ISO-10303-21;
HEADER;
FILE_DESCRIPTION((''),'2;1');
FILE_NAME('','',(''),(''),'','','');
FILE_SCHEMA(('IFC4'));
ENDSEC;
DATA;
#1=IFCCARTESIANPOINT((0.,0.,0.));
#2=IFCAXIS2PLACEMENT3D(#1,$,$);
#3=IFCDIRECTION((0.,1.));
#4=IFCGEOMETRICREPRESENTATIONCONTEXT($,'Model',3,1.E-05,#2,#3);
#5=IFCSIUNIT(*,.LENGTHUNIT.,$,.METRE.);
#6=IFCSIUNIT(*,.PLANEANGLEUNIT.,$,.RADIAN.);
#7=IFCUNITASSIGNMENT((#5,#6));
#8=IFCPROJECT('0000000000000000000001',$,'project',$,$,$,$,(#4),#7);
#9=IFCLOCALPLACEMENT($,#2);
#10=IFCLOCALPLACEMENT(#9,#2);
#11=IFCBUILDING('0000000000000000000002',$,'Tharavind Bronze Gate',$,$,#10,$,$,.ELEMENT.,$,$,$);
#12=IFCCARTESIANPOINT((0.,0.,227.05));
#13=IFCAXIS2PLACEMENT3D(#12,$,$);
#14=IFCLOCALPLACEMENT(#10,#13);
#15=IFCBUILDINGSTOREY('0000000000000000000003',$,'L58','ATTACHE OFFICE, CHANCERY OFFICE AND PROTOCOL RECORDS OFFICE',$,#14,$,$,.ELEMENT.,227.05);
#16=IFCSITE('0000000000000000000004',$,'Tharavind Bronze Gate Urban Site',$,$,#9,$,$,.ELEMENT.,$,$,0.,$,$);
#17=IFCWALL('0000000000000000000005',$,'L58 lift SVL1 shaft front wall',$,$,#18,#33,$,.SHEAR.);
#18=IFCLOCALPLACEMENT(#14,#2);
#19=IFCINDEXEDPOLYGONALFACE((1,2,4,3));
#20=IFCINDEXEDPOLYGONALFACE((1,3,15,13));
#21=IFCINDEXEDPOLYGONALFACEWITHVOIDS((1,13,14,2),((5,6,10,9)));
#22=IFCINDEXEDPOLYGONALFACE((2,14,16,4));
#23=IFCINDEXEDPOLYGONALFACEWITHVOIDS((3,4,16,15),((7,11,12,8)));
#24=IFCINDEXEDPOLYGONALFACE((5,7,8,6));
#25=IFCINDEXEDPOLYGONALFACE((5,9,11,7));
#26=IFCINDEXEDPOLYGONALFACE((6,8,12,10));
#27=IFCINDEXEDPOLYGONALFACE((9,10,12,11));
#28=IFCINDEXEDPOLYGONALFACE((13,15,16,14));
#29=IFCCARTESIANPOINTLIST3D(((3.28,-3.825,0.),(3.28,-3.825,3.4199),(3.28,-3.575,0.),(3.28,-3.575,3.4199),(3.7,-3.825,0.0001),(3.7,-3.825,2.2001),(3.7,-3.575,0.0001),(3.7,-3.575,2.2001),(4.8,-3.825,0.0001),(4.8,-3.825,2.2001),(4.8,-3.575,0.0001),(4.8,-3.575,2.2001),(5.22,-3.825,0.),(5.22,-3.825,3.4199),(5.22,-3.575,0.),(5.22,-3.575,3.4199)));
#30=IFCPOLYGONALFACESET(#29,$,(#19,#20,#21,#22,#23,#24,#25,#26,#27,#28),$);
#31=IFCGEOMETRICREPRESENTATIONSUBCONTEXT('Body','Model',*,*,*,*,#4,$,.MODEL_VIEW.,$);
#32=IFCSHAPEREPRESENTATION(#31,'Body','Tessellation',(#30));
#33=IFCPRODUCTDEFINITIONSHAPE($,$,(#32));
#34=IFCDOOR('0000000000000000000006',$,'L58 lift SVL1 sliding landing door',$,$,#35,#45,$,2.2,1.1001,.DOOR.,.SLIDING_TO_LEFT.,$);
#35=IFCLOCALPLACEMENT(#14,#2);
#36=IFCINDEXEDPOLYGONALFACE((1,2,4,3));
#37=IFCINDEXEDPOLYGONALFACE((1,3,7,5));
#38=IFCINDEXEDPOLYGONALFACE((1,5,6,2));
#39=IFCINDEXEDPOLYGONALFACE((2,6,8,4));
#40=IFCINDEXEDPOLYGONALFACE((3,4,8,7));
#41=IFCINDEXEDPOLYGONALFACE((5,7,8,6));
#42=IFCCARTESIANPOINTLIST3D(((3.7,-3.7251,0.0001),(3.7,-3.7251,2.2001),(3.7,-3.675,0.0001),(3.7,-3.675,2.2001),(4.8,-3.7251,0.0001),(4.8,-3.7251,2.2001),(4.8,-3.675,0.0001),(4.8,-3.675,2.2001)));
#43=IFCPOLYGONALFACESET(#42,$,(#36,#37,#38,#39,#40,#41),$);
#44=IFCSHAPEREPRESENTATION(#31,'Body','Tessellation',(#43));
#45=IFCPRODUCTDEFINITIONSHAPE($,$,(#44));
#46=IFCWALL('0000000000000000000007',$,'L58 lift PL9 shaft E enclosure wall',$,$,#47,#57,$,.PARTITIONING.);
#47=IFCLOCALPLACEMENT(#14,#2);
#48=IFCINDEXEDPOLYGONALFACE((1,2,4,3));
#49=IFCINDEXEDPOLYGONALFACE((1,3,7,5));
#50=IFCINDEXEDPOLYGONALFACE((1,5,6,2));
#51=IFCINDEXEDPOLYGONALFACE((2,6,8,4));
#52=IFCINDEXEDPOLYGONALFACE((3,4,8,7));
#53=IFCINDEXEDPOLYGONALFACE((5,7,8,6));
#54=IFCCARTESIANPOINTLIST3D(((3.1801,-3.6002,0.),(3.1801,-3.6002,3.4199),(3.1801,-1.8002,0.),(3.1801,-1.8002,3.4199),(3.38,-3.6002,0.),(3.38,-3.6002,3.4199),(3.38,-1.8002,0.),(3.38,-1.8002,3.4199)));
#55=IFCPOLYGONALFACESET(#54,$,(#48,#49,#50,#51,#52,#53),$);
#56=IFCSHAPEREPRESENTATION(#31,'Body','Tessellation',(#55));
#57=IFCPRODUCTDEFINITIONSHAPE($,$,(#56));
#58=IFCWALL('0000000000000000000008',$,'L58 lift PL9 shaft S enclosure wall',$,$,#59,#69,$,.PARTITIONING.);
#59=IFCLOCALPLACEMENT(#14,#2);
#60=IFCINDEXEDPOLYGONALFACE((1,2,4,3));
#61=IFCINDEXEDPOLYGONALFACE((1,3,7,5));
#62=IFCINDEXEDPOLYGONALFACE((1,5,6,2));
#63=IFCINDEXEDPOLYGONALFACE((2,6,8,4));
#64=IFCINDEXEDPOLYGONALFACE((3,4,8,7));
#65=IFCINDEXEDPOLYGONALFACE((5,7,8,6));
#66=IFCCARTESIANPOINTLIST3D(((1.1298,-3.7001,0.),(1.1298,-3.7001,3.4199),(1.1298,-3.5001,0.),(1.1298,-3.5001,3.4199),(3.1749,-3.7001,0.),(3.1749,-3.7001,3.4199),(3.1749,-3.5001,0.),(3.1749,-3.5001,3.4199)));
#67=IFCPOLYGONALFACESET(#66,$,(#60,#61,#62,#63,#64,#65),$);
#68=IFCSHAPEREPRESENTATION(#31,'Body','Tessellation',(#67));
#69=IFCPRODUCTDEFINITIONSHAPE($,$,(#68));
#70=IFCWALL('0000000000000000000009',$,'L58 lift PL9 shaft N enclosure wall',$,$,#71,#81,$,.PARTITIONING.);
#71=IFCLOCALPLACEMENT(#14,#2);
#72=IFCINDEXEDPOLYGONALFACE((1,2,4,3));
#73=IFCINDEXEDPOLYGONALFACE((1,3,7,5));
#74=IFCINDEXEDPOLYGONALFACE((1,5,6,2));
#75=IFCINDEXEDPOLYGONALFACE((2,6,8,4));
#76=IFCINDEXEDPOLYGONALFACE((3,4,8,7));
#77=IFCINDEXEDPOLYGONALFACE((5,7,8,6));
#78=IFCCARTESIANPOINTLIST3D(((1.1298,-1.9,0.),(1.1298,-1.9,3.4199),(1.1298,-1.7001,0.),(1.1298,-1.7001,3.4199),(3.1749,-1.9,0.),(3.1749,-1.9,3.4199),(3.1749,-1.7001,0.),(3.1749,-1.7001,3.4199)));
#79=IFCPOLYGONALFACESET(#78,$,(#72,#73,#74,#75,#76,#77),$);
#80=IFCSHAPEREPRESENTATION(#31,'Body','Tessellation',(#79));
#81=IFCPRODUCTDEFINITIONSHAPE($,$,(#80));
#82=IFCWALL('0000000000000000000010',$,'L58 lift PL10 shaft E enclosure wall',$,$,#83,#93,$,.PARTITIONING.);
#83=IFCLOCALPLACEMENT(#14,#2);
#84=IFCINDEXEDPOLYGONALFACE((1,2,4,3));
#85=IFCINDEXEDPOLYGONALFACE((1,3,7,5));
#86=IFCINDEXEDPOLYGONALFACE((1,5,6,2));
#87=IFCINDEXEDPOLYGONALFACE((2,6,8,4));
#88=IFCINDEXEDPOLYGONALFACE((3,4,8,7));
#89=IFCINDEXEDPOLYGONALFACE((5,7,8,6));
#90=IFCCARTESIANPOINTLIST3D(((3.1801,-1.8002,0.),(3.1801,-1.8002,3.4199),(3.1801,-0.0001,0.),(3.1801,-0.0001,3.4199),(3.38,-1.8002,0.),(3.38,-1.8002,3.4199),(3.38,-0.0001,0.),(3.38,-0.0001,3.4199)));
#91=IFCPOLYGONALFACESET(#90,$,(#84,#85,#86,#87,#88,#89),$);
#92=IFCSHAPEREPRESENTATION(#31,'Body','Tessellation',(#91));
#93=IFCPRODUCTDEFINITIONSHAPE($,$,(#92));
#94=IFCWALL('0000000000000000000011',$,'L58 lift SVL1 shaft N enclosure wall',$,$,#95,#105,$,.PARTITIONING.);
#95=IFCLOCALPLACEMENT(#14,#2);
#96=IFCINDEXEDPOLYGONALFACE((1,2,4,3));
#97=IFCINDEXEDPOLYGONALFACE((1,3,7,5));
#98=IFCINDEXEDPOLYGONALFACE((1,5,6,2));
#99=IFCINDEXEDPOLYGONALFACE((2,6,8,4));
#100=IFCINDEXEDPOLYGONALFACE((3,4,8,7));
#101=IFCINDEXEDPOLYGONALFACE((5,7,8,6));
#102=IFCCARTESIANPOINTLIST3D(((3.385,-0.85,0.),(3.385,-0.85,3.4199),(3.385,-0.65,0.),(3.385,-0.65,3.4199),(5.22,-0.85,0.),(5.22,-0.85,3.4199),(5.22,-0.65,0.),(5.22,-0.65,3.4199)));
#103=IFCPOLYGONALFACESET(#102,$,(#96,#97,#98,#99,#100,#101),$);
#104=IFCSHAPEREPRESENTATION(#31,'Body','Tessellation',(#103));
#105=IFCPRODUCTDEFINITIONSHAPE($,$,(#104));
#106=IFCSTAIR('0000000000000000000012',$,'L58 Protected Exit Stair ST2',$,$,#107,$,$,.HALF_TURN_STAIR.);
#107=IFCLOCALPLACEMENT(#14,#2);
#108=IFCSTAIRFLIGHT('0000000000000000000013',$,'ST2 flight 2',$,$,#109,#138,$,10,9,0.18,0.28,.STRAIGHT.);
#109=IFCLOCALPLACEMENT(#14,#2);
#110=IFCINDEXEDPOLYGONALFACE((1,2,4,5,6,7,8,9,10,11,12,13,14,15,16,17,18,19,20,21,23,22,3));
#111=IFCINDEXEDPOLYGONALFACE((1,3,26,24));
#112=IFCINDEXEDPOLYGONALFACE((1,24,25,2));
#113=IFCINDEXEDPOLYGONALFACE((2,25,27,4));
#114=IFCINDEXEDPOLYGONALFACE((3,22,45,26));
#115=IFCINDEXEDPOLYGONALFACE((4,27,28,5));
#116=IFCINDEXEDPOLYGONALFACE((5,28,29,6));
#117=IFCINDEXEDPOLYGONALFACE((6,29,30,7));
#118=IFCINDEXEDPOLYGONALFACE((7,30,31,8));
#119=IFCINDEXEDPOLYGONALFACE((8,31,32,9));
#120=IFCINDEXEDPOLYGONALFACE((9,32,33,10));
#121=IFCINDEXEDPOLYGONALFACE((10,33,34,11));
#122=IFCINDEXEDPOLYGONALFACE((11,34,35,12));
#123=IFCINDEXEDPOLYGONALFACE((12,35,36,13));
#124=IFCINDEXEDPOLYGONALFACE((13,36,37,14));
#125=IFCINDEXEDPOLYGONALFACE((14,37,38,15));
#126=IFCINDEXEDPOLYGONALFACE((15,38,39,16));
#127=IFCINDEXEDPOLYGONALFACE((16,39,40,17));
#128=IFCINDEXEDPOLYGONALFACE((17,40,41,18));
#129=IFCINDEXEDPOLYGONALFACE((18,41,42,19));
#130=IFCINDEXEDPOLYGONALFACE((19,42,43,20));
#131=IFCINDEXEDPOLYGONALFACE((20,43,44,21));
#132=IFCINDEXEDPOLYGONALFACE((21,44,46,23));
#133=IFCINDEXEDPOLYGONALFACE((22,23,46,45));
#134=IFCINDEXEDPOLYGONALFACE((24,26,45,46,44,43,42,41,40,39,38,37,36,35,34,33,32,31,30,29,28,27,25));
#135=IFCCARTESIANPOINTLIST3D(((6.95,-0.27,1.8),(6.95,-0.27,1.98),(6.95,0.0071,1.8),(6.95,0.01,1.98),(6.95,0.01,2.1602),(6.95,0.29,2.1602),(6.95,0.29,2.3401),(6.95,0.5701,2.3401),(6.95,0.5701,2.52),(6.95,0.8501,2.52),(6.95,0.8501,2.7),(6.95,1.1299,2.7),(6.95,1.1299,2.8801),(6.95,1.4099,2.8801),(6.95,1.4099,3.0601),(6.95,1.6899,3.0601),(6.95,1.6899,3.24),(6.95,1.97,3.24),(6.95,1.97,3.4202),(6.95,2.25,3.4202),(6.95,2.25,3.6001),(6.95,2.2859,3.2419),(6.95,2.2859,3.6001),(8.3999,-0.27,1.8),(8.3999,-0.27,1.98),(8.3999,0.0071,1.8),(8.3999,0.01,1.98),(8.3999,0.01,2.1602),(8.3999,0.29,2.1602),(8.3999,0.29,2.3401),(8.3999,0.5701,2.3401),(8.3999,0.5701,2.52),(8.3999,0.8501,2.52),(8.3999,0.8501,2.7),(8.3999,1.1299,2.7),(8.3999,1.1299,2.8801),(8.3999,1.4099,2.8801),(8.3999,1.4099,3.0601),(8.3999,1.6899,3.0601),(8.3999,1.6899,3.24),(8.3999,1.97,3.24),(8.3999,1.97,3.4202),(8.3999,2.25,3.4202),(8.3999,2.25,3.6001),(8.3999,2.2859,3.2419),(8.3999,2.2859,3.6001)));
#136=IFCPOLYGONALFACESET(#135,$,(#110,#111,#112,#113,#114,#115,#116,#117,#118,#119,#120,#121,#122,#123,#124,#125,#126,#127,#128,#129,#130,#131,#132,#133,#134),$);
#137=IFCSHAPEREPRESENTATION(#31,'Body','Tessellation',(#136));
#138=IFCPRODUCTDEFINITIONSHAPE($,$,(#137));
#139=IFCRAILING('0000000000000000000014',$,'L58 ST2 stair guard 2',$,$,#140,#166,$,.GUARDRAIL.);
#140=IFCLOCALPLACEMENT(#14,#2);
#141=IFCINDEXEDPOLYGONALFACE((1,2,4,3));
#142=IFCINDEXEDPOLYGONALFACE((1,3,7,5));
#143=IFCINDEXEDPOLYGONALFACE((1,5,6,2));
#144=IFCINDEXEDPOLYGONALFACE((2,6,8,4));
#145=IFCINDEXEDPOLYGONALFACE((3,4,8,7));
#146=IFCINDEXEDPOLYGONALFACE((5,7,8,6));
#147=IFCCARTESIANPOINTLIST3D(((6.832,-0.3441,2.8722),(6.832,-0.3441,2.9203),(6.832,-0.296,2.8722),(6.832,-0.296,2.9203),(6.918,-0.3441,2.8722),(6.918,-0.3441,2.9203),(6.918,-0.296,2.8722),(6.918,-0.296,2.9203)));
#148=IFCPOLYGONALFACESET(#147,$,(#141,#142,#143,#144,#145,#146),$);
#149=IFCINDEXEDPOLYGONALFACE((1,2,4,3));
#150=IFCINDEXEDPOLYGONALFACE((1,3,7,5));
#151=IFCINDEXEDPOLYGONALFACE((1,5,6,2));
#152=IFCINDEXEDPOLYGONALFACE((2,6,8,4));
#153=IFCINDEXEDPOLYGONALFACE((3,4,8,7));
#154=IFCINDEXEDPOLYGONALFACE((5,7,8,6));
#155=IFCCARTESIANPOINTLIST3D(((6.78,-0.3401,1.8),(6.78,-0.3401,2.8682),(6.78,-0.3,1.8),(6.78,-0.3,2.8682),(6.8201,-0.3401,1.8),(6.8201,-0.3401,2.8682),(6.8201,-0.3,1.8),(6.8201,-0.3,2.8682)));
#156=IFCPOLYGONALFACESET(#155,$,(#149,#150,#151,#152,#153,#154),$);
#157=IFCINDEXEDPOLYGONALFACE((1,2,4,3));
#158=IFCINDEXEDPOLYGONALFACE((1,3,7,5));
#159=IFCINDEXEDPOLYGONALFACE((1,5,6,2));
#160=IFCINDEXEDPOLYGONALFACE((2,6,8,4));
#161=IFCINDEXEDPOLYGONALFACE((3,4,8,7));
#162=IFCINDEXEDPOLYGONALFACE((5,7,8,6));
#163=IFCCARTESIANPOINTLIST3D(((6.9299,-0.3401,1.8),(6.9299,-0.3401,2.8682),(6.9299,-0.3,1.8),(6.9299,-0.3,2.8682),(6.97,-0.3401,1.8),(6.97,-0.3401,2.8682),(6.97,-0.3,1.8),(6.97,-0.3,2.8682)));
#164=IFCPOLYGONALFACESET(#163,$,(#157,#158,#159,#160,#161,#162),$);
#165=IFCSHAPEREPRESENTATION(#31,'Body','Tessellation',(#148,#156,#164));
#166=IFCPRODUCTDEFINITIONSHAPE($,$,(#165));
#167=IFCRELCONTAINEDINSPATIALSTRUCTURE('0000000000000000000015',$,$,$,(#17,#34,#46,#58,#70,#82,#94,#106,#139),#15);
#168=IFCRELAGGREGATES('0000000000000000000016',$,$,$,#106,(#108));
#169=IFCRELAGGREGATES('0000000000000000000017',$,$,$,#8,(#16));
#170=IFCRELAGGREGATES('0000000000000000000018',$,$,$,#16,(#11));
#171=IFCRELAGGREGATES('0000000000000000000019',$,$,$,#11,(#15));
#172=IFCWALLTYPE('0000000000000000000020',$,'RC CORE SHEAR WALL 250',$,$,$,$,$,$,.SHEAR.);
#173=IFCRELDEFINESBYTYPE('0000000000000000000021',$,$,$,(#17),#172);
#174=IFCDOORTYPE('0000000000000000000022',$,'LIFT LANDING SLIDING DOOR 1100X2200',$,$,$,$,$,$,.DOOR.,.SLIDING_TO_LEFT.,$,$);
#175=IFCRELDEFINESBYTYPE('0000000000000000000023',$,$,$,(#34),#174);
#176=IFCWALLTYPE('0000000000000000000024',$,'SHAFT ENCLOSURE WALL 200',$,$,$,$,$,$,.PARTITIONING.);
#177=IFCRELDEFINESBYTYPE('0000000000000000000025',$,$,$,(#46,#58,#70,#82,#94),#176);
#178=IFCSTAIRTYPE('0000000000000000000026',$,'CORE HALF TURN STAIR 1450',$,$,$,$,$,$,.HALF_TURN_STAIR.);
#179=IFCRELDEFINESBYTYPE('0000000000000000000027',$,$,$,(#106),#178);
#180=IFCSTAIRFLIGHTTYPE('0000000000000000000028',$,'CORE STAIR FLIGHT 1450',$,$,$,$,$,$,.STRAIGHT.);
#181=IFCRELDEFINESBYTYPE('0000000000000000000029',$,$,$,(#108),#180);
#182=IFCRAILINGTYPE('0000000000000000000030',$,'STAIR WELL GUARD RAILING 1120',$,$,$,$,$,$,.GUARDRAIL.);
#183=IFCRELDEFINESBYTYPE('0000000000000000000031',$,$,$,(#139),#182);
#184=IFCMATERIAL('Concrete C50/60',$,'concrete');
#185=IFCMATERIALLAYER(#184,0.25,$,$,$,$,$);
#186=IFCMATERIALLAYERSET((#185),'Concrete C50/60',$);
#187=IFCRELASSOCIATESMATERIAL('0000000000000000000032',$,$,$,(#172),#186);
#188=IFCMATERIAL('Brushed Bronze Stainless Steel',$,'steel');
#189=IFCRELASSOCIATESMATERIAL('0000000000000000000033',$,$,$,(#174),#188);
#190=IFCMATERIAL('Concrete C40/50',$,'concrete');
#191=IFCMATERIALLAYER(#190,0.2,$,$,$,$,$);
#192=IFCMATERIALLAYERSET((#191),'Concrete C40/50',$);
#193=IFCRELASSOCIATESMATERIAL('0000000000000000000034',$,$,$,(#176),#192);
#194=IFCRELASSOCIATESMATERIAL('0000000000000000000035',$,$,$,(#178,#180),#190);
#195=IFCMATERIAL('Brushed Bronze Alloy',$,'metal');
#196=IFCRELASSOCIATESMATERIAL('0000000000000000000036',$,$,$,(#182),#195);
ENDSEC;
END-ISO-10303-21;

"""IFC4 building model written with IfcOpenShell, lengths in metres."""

from ifc_helpers import new_model, si_unit, direction, frame, frame_2d, origin, origin_2d, place, context, subcontext, project, spatial, polyline, rectangle, outline, extrude, material, layer, layer_set, type_object, element, fill, aggregate, save


model = new_model("IFC4")

# Units and contexts
model_context = context("Model", 3, precision=1e-05, world=origin(), true_north=direction((0.0, 1.0)))
body_context = subcontext(model_context, "Body", "Model", "MODEL_VIEW")
ifc_project = project(units=[si_unit("LENGTHUNIT", "METRE"), si_unit("PLANEANGLEUNIT", "RADIAN")], contexts=[model_context])

# Site, building, storey
site_placement = place(None, origin())
site = spatial("IfcSite", under=ifc_project, at=site_placement, Name="Tharavind Bronze Gate Urban Site", CompositionType="ELEMENT", RefElevation=0.0)
building_placement = place(site_placement, origin())
building = spatial("IfcBuilding", under=site, at=building_placement, Name="Tharavind Bronze Gate", CompositionType="ELEMENT")
storey_placement = place(building_placement, frame((0.0, 0.0, 227.05)))
storey = spatial("IfcBuildingStorey", under=building, at=storey_placement, Name="L58", Description="ATTACHE OFFICE, CHANCERY OFFICE AND PROTOCOL RECORDS OFFICE", CompositionType="ELEMENT", Elevation=227.05)

# Shared definitions
ifc_material_1 = material(Name="Concrete C50/60", Category="concrete")
ifc_layer_1 = layer(ifc_material_1, 0.25)
ifc_layer_set_1 = layer_set([ifc_layer_1], Name="Concrete C50/60")
wall_type_1 = type_object("IfcWallType", Name="RC CORE SHEAR WALL 250", PredefinedType="SHEAR", material=ifc_layer_set_1)

# Wall, opening, door
ifc_material_2 = material(Name="Brushed Bronze Stainless Steel", Category="steel")
door_type = type_object("IfcDoorType", Name="LIFT LANDING SLIDING DOOR 1100X2200", OperationType="SLIDING_TO_LEFT", PredefinedType="DOOR", material=ifc_material_2)
wall_1_placement = place(storey_placement, frame((3.28, -3.7, 0.0), z_axis=(0.0, 0.0, 1.0), x_axis=(1.0, 0.0, 0.0)))
wall_1 = element("IfcWall", 1, at=wall_1_placement, inside=storey, type_object=wall_type_1, Name="L58 lift SVL1 shaft front wall", PredefinedType="SHEAR", context=body_context, shape_type="SweptSolid", body=[
    extrude(rectangle(XDim=1.9399, YDim=0.25, at=frame_2d((0.97, 0.0))), origin(), (0.0, 0.0, 1.0), 3.4199),
])
opening_1_placement = place(wall_1_placement, frame((0.4199, 0.0, 0.0)))
opening_1 = element("IfcOpeningElement", 2, at=opening_1_placement, cuts=wall_1, PredefinedType="OPENING", context=body_context, shape_type="SweptSolid", body=[
    extrude(rectangle(XDim=1.1001, YDim=2.2, at=frame_2d((0.55, 1.1001))), frame((0.0, 0.135, 0.0), z_axis=(0.0, -1.0, 0.0), x_axis=(1.0, 0.0, 0.0)), (0.0, 0.0, 1.0), 0.27),
])
door_1_placement = place(opening_1_placement, origin())
door_1 = element("IfcDoor", 3, at=door_1_placement, inside=storey, type_object=door_type, Name="L58 lift SVL1 sliding landing door", OperationType="SLIDING_TO_LEFT", OverallHeight=2.2, OverallWidth=1.1001, PredefinedType="DOOR", context=body_context, shape_type="SweptSolid", body=[
    extrude(rectangle(XDim=1.1001, YDim=2.2, at=frame_2d((0.55, 1.1001))), frame((0.0, 0.0249, 0.0), z_axis=(0.0, -1.0, 0.0), x_axis=(1.0, 0.0, 0.0)), (0.0, 0.0, 1.0), 0.05),
])
fill(opening_1, door_1)

# Walls
ifc_material_3 = material(Name="Concrete C40/50", Category="concrete")
ifc_layer_2 = layer(ifc_material_3, 0.2)
ifc_layer_set_2 = layer_set([ifc_layer_2], Name="Concrete C40/50")
wall_type_2 = type_object("IfcWallType", Name="SHAFT ENCLOSURE WALL 200", PredefinedType="PARTITIONING", material=ifc_layer_set_2)
wall_2_placement = place(storey_placement, frame((3.28, -3.6001, 0.0), z_axis=(0.0, 0.0, 1.0), x_axis=(0.0, 1.0, 0.0)))
element("IfcWall", 4, at=wall_2_placement, inside=storey, type_object=wall_type_2, Name="L58 lift PL9 shaft E enclosure wall", PredefinedType="PARTITIONING", context=body_context, shape_type="SweptSolid", body=[
    extrude(rectangle(XDim=1.8, YDim=0.2, at=frame_2d((0.8999, 0.0))), origin(), (0.0, 0.0, 1.0), 3.4199),
])
for number, where, z_axis, x_axis, name in (
    (5, (1.1299, -3.6001, 0.0), (0.0, 0.0, 1.0), (1.0, 0.0, 0.0), "L58 lift PL9 shaft S enclosure wall"),
    (6, (1.1299, -1.8, 0.0), (0.0, 0.0, 1.0), (1.0, 0.0, 0.0), "L58 lift PL9 shaft N enclosure wall"),
):
    element("IfcWall", number, at=place(storey_placement, frame(where, z_axis=z_axis, x_axis=x_axis)), inside=storey, type_object=wall_type_2, Name=name, PredefinedType="PARTITIONING", context=body_context, shape_type="SweptSolid", body=[
        extrude(rectangle(XDim=2.0452, YDim=0.2, at=frame_2d((1.0225, 0.0))), origin(), (0.0, 0.0, 1.0), 3.4199),
    ])
wall_3_placement = place(storey_placement, frame((3.28, -1.8, 0.0), z_axis=(0.0, 0.0, 1.0), x_axis=(0.0, 1.0, 0.0)))
element("IfcWall", 7, at=wall_3_placement, inside=storey, type_object=wall_type_2, Name="L58 lift PL10 shaft E enclosure wall", PredefinedType="PARTITIONING", context=body_context, shape_type="SweptSolid", body=[
    extrude(rectangle(XDim=1.8, YDim=0.2, at=frame_2d((0.8999, 0.0))), origin(), (0.0, 0.0, 1.0), 3.4199),
])
wall_4_placement = place(storey_placement, frame((3.385, -0.75, 0.0), z_axis=(0.0, 0.0, 1.0), x_axis=(1.0, 0.0, 0.0)))
element("IfcWall", 8, at=wall_4_placement, inside=storey, type_object=wall_type_2, Name="L58 lift SVL1 shaft N enclosure wall", PredefinedType="PARTITIONING", context=body_context, shape_type="SweptSolid", body=[
    extrude(rectangle(XDim=1.835, YDim=0.2, at=frame_2d((0.9175, 0.0))), origin(), (0.0, 0.0, 1.0), 3.4199),
])

# Stair, stair flight
stair_type = type_object("IfcStairType", Name="CORE HALF TURN STAIR 1450", PredefinedType="HALF_TURN_STAIR", material=ifc_material_3)
stair_placement = place(storey_placement, origin())
stair = element("IfcStair", 9, at=stair_placement, inside=storey, type_object=stair_type, Name="L58 Protected Exit Stair ST2", PredefinedType="HALF_TURN_STAIR")
stair_flight_type = type_object("IfcStairFlightType", Name="CORE STAIR FLIGHT 1450", PredefinedType="STRAIGHT", material=ifc_material_3)
stair_flight_placement = place(storey_placement, frame((7.675, -0.27, 1.8), z_axis=(0.0, 0.0, 1.0), x_axis=(0.0, 1.0, 0.0)))
stair_flight = element("IfcStairFlight", 10, at=stair_flight_placement, type_object=stair_flight_type, Name="ST2 flight 2", NumberOfRisers=10, NumberOfTreads=9, PredefinedType="STRAIGHT", RiserHeight=0.18, TreadLength=0.28, context=body_context, shape_type="SweptSolid", body=[
    extrude(outline(polyline([(0.0, 0.0), (0.0, 0.1799), (0.28, 0.1799), (0.28, 0.3601), (0.5601, 0.3601), (0.5601, 0.54), (0.8401, 0.54), (0.8401, 0.72), (1.1201, 0.72), (1.1201, 0.8999), (1.3999, 0.8999), (1.3999, 1.0801), (1.6799, 1.0801), (1.6799, 1.26), (1.96, 1.26), (1.96, 1.4399), (2.24, 1.4399), (2.24, 1.6201), (2.52, 1.6201), (2.52, 1.8), (2.5559, 1.8), (2.5559, 1.4419), (0.2771, 0.0), (0.0, 0.0)])), frame((0.0, 0.7251, 0.0), z_axis=(0.0, -1.0, 0.0), x_axis=(1.0, 0.0, 0.0)), (0.0, 0.0, 1.0), 1.45),
])
aggregate(stair, [stair_flight])

# Railing
ifc_material_4 = material(Name="Brushed Bronze Alloy", Category="metal")
railing_type = type_object("IfcRailingType", Name="STAIR WELL GUARD RAILING 1120", PredefinedType="GUARDRAIL", material=ifc_material_4)
railing_1_placement = place(storey_placement, frame((6.8, -0.3201, 1.8)))
element("IfcRailing", 11, at=railing_1_placement, inside=storey, type_object=railing_type, Name="L58 ST2 stair guard 2", PredefinedType="GUARDRAIL", context=body_context, shape_type="SweptSolid", body=[
    extrude(rectangle(XDim=0.0481, YDim=0.0481, at=origin_2d()), frame((0.032, 0.0, 1.0962), z_axis=(1.0, 0.0, 0.0), x_axis=(0.0, 1.0, 0.0)), (0.0, 0.0, 1.0), 0.0859),
    extrude(rectangle(XDim=0.04, YDim=0.04, at=origin_2d()), origin(), (0.0, 0.0, 1.0), 1.0681),
    extrude(rectangle(XDim=0.04, YDim=0.04, at=origin_2d()), frame((0.1499, 0.0, 0.0)), (0.0, 0.0, 1.0), 1.0681),
])

save(model, "model.ifc")
